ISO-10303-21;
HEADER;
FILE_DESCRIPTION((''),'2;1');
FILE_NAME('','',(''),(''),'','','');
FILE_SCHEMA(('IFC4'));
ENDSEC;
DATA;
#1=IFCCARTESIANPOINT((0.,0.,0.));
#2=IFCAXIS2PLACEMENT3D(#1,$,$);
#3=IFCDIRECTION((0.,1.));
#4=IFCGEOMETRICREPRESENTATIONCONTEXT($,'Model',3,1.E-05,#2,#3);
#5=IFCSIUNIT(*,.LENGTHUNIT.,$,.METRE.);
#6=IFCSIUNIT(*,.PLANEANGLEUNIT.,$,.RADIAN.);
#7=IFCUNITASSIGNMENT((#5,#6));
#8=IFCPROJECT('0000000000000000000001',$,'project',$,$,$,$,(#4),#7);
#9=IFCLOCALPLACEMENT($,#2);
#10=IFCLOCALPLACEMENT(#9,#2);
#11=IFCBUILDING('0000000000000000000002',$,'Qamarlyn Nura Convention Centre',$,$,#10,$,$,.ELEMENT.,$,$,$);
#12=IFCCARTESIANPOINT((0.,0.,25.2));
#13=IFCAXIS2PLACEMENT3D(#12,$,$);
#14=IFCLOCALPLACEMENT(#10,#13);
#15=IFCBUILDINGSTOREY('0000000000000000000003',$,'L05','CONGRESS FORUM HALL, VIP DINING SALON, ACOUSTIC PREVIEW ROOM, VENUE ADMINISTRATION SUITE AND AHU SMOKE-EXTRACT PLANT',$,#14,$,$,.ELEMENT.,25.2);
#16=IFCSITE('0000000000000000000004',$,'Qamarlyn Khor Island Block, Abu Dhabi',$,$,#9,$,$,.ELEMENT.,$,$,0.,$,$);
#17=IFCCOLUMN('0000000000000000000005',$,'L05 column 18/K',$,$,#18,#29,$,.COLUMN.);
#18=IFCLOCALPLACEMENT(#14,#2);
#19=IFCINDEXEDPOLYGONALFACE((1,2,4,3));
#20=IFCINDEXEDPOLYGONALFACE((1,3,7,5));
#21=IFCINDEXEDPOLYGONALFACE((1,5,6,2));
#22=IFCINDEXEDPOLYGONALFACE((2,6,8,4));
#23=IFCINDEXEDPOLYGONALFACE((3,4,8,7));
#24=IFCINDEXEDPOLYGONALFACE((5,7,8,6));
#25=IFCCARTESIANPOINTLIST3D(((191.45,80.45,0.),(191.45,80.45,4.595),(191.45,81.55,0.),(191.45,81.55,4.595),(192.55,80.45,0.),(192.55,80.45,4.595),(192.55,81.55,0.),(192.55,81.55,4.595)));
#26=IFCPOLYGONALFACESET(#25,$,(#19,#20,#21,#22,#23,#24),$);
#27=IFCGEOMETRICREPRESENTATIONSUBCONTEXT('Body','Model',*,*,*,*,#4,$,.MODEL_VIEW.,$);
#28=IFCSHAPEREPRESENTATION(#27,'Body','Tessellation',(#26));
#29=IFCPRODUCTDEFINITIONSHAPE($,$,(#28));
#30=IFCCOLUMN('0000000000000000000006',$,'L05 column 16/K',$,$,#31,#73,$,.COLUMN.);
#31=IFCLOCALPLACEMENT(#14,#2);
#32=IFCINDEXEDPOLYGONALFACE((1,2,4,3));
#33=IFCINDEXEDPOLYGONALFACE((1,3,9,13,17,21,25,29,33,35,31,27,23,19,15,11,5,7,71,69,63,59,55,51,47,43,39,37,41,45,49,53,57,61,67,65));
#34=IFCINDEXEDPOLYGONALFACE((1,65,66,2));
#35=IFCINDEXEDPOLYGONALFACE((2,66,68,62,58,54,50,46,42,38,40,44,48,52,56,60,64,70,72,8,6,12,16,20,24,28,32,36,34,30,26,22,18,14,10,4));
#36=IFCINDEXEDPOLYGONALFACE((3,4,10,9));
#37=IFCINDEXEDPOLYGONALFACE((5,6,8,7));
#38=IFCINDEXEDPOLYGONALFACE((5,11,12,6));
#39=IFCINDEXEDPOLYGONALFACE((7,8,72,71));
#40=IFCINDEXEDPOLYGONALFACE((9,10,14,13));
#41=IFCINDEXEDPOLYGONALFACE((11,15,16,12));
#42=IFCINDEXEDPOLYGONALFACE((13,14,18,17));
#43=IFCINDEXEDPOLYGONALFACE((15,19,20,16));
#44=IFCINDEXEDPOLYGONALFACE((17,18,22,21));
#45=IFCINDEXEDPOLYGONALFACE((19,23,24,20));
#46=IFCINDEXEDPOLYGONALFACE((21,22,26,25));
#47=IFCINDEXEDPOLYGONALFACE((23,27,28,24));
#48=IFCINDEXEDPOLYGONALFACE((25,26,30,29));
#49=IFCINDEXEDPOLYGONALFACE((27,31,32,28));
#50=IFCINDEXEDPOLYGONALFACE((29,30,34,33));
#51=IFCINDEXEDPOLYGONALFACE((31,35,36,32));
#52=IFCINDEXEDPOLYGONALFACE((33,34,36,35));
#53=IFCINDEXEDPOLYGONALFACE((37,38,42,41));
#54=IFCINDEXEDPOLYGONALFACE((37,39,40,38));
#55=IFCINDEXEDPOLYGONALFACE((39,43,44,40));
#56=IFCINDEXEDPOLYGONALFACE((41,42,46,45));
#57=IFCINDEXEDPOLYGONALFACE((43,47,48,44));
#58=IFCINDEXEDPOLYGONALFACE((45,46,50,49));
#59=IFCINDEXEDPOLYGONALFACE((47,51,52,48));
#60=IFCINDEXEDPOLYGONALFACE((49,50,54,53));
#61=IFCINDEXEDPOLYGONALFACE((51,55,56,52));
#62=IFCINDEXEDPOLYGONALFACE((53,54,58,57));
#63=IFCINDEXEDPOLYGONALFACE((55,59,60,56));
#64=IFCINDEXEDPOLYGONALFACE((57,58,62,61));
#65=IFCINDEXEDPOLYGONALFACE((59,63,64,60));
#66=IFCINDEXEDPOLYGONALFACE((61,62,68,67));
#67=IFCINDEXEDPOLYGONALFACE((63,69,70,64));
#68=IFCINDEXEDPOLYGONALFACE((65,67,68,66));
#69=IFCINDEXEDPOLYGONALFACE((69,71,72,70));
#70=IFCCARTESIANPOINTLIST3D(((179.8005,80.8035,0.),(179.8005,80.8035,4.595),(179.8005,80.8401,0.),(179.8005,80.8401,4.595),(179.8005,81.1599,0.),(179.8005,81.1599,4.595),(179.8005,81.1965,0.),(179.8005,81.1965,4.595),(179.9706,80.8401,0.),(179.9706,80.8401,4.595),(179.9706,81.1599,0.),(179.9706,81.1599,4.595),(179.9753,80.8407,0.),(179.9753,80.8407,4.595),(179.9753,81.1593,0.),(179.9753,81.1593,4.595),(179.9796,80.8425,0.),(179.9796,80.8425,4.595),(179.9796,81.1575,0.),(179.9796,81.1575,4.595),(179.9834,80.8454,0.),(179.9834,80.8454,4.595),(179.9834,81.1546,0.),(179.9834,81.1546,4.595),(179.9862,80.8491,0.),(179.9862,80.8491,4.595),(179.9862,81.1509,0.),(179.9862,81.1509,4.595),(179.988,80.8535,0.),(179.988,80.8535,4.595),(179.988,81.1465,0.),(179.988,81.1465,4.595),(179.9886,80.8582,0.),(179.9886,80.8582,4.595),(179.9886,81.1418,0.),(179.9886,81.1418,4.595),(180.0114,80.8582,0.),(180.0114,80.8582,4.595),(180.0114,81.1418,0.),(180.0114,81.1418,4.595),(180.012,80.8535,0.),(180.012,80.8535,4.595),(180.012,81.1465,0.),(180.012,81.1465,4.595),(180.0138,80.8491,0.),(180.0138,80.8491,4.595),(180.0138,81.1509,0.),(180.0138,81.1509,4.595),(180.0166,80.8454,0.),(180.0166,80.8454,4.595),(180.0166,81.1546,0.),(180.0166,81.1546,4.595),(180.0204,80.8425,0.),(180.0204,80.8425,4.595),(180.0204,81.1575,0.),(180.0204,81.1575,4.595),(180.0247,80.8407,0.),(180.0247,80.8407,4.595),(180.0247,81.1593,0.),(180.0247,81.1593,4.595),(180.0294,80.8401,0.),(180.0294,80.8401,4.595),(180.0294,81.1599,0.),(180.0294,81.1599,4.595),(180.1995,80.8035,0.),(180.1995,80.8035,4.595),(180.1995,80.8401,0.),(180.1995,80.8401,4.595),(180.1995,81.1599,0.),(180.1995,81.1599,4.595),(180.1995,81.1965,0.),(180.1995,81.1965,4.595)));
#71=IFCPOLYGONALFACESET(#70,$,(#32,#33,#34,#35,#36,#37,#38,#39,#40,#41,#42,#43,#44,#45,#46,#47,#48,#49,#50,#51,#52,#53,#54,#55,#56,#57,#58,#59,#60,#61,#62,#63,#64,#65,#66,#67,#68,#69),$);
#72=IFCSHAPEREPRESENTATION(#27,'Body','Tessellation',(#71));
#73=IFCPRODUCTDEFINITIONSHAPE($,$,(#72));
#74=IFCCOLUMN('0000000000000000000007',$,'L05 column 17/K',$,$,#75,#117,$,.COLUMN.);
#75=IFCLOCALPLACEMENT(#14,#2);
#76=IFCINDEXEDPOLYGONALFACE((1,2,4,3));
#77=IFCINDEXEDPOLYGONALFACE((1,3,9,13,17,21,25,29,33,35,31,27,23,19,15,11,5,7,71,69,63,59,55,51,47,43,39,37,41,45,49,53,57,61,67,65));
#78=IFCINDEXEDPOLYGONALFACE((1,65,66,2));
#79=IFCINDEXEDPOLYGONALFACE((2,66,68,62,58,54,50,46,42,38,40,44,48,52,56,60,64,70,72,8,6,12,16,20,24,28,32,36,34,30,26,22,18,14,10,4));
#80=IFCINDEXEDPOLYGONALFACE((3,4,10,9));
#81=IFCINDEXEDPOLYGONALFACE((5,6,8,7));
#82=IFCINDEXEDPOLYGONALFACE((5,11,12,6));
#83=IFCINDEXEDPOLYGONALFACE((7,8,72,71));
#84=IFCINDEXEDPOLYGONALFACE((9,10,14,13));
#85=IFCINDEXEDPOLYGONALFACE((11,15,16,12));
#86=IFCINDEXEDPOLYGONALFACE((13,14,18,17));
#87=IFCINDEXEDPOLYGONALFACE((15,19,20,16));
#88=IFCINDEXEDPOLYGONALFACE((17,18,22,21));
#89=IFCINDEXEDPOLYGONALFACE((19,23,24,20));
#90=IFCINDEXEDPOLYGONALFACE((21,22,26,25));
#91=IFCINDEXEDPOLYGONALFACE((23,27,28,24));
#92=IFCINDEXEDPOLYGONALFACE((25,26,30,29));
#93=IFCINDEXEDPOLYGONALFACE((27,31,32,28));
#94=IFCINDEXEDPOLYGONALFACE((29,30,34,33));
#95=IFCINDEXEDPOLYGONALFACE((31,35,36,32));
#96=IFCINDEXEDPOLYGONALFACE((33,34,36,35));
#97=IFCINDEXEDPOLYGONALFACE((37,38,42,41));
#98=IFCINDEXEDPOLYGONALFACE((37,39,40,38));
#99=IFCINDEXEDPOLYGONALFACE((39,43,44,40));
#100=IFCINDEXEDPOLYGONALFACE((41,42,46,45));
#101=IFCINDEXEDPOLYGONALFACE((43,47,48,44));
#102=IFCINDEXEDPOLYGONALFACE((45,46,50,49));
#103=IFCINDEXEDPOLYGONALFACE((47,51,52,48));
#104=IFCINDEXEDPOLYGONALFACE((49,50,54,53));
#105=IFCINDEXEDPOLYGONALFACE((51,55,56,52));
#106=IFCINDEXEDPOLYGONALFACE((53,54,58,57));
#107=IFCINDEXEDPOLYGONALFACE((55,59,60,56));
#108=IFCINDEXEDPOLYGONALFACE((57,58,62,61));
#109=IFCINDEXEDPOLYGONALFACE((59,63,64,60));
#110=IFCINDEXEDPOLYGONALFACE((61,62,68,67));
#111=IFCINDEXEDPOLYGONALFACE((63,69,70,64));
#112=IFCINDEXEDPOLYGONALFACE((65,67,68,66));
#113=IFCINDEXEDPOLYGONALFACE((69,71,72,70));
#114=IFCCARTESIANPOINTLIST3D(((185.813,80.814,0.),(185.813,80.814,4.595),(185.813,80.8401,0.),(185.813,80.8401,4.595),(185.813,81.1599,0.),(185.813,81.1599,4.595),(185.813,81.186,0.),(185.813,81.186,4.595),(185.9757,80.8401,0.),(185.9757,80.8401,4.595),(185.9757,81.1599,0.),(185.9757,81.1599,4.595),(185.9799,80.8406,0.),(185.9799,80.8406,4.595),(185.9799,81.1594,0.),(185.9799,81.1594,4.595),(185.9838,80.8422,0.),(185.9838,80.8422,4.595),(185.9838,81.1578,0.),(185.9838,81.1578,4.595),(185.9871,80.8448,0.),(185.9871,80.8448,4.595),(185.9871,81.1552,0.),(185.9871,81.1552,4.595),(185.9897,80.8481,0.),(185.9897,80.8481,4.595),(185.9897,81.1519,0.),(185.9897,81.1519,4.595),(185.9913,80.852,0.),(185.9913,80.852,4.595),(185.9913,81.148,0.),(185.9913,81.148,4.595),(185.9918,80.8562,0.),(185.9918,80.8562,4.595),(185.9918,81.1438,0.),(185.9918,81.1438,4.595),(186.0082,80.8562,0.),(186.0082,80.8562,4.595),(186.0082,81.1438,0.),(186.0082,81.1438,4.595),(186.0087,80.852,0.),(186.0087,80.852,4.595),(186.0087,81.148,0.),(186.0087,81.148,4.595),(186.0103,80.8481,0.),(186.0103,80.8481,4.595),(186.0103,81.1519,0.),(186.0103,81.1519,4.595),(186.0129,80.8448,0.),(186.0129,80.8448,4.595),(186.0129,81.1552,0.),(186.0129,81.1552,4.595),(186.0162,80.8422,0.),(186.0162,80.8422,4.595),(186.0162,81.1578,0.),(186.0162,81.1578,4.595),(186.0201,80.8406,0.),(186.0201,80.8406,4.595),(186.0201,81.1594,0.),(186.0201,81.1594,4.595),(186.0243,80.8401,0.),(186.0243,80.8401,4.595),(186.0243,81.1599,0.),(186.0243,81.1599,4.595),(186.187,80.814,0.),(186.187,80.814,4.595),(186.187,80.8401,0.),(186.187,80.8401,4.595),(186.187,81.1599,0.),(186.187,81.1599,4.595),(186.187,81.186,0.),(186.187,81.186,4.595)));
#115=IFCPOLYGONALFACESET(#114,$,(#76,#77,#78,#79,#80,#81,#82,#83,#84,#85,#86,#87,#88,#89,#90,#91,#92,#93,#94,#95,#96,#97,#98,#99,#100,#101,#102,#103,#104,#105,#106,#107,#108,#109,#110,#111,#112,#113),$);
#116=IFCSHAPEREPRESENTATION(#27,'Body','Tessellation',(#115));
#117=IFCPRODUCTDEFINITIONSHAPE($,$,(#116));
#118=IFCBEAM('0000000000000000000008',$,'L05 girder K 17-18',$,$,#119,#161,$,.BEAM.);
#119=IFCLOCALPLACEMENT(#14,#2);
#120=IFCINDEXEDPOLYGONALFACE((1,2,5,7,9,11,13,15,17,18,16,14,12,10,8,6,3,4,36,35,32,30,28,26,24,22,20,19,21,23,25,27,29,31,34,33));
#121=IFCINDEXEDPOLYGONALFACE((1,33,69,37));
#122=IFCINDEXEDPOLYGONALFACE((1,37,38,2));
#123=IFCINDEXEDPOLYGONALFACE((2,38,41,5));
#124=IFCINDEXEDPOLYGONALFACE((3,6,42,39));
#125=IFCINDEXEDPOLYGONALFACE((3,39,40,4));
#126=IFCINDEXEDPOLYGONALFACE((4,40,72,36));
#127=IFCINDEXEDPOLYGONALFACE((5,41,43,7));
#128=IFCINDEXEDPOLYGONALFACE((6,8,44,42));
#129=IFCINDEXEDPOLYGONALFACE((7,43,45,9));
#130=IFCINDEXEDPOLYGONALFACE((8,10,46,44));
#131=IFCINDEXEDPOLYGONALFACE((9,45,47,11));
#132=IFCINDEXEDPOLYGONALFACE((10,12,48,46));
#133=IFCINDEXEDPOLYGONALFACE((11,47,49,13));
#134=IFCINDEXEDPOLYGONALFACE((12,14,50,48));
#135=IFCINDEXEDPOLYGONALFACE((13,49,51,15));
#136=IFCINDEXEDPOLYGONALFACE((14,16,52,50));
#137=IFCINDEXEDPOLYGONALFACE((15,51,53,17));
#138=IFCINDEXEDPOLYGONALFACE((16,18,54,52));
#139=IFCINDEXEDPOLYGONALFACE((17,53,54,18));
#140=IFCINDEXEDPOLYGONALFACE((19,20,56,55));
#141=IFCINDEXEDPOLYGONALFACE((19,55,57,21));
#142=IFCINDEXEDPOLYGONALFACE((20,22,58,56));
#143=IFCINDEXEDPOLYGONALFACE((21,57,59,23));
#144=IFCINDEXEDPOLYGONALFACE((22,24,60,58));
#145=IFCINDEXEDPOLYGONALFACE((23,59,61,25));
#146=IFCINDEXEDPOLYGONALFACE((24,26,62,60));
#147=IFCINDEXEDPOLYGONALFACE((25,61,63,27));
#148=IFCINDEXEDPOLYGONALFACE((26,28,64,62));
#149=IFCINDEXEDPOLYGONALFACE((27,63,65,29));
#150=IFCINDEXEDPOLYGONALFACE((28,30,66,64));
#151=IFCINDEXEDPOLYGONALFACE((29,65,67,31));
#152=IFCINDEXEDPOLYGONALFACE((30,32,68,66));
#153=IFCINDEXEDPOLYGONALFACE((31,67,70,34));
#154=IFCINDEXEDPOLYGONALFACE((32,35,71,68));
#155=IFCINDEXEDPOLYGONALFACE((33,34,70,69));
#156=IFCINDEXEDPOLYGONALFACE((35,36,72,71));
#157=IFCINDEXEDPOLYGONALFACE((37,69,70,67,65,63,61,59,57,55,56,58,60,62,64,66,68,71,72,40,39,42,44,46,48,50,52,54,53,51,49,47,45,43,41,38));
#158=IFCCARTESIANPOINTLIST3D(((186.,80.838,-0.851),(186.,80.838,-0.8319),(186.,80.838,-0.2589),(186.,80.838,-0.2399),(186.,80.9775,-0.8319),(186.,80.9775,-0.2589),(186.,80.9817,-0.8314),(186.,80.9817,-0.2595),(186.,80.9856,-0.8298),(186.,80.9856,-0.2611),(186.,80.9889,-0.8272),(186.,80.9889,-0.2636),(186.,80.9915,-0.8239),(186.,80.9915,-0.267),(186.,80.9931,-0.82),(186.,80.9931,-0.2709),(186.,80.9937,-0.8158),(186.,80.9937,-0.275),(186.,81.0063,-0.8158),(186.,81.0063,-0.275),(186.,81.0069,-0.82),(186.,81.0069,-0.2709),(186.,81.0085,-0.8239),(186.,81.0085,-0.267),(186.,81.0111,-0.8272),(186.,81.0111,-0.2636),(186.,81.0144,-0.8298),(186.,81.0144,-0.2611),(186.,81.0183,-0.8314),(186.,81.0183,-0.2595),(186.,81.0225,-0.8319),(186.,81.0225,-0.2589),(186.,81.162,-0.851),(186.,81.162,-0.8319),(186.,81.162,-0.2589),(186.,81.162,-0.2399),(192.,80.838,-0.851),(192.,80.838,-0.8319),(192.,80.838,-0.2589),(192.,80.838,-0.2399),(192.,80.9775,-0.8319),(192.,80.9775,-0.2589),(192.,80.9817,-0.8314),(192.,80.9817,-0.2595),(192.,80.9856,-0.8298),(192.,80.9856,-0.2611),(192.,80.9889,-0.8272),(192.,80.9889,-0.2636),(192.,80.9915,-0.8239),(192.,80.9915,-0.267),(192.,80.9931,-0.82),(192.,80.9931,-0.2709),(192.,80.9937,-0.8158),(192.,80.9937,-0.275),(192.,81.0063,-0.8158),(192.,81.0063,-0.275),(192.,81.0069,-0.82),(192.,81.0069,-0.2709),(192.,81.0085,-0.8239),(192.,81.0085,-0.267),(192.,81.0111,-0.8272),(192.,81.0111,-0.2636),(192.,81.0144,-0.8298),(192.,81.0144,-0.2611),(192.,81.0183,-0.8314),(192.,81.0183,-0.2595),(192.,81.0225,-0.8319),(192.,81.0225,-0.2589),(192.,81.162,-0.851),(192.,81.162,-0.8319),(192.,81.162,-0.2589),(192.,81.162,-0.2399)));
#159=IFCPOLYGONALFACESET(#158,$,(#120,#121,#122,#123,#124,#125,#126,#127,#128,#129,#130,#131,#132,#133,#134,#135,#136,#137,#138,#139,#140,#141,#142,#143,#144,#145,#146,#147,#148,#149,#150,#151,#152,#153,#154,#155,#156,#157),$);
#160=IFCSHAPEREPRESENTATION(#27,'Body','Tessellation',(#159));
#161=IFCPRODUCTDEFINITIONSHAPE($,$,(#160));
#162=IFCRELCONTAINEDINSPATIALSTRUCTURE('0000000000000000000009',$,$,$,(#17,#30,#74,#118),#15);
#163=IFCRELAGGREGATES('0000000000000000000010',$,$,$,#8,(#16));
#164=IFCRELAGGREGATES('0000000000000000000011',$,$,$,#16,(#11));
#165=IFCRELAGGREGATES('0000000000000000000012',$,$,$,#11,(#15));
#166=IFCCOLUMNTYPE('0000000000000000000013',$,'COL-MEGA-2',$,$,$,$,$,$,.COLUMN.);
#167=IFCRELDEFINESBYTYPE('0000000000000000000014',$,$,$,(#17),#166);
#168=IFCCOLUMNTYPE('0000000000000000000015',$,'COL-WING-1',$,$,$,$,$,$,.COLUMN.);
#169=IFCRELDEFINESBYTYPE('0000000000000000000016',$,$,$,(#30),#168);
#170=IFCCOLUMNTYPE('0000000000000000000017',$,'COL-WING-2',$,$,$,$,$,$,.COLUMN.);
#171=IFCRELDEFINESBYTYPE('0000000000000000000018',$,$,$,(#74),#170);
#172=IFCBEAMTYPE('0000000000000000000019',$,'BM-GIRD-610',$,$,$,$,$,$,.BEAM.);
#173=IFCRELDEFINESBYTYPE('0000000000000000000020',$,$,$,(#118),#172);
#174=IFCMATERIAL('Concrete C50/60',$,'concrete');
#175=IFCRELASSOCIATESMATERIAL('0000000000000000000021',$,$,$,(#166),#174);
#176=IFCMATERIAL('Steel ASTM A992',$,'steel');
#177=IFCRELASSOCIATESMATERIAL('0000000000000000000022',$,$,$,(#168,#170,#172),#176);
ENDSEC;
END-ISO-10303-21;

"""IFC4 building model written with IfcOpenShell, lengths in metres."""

from ifc_helpers import new_model, si_unit, direction, frame, origin, origin_2d, place, context, subcontext, project, spatial, rectangle, i_section, extrude, material, material_profile, profile_set, type_object, element, save


model = new_model("IFC4")

# Units and contexts
model_context = context("Model", 3, precision=1e-05, world=origin(), true_north=direction((0.0, 1.0)))
body_context = subcontext(model_context, "Body", "Model", "MODEL_VIEW")
ifc_project = project(units=[si_unit("LENGTHUNIT", "METRE"), si_unit("PLANEANGLEUNIT", "RADIAN")], contexts=[model_context])

# Site, building, storey
site_placement = place(None, origin())
site = spatial("IfcSite", under=ifc_project, at=site_placement, Name="Qamarlyn Khor Island Block, Abu Dhabi", CompositionType="ELEMENT", RefElevation=0.0)
building_placement = place(site_placement, origin())
building = spatial("IfcBuilding", under=site, at=building_placement, Name="Qamarlyn Nura Convention Centre", CompositionType="ELEMENT")
storey_placement = place(building_placement, frame((0.0, 0.0, 25.2)))
storey = spatial("IfcBuildingStorey", under=building, at=storey_placement, Name="L05", Description="CONGRESS FORUM HALL, VIP DINING SALON, ACOUSTIC PREVIEW ROOM, VENUE ADMINISTRATION SUITE AND AHU SMOKE-EXTRACT PLANT", CompositionType="ELEMENT", Elevation=25.2)

# Columns
ifc_material_1 = material(Name="Concrete C50/60", Category="concrete")
ifc_material_profile_1 = material_profile(ifc_material_1, rectangle(XDim=1.1001, YDim=1.1001, at=origin_2d()), Name="RC 1100x1100")
ifc_profile_set_1 = profile_set([ifc_material_profile_1], Name="Concrete C50/60")
column_type_1 = type_object("IfcColumnType", Name="COL-MEGA-2", PredefinedType="COLUMN", material=ifc_profile_set_1)
column_1_placement = place(storey_placement, frame((192.0, 81.0, 0.0), z_axis=(0.0, 0.0, 1.0), x_axis=(1.0, 0.0, 0.0)))
element("IfcColumn", 1, at=column_1_placement, inside=storey, type_object=column_type_1, Name="L05 column 18/K", PredefinedType="COLUMN", context=body_context, shape_type="SweptSolid", body=[
    extrude(rectangle(XDim=1.1001, YDim=1.1001, at=origin_2d()), origin(), (0.0, 0.0, 1.0), 4.595),
])
ifc_material_2 = material(Name="Steel ASTM A992", Category="steel")
ifc_material_profile_2 = material_profile(ifc_material_2, i_section(OverallWidth=0.3989, OverallDepth=0.3931, WebThickness=0.0227, FlangeThickness=0.0366, FilletRadius=0.0181, at=origin_2d()), Name="W360X287")
ifc_profile_set_2 = profile_set([ifc_material_profile_2], Name="Steel ASTM A992")
column_type_2 = type_object("IfcColumnType", Name="COL-WING-1", PredefinedType="COLUMN", material=ifc_profile_set_2)
column_2_placement = place(storey_placement, frame((180.0, 81.0, 0.0), z_axis=(0.0, 0.0, 1.0), x_axis=(1.0, 0.0, 0.0)))
element("IfcColumn", 2, at=column_2_placement, inside=storey, type_object=column_type_2, Name="L05 column 16/K", PredefinedType="COLUMN", context=body_context, shape_type="SweptSolid", body=[
    extrude(i_section(OverallWidth=0.3989, OverallDepth=0.3931, WebThickness=0.0227, FlangeThickness=0.0366, FilletRadius=0.0181, at=origin_2d()), origin(), (0.0, 0.0, 1.0), 4.595),
])
ifc_material_profile_3 = material_profile(ifc_material_2, i_section(OverallWidth=0.374, OverallDepth=0.3721, WebThickness=0.0164, FlangeThickness=0.0261, FilletRadius=0.0161, at=origin_2d()), Name="W360X196")
ifc_profile_set_3 = profile_set([ifc_material_profile_3], Name="Steel ASTM A992")
column_type_3 = type_object("IfcColumnType", Name="COL-WING-2", PredefinedType="COLUMN", material=ifc_profile_set_3)
column_3_placement = place(storey_placement, frame((186.0, 81.0, 0.0), z_axis=(0.0, 0.0, 1.0), x_axis=(1.0, 0.0, 0.0)))
element("IfcColumn", 3, at=column_3_placement, inside=storey, type_object=column_type_3, Name="L05 column 17/K", PredefinedType="COLUMN", context=body_context, shape_type="SweptSolid", body=[
    extrude(i_section(OverallWidth=0.374, OverallDepth=0.3721, WebThickness=0.0164, FlangeThickness=0.0261, FilletRadius=0.0161, at=origin_2d()), origin(), (0.0, 0.0, 1.0), 4.595),
])

# Beam
ifc_material_profile_4 = material_profile(ifc_material_2, i_section(OverallWidth=0.324, OverallDepth=0.6111, WebThickness=0.0127, FlangeThickness=0.019, FilletRadius=0.0161, at=origin_2d()), Name="W610X155")
ifc_profile_set_4 = profile_set([ifc_material_profile_4], Name="Steel ASTM A992")
beam_type_1 = type_object("IfcBeamType", Name="BM-GIRD-610", PredefinedType="BEAM", material=ifc_profile_set_4)
beam_1_placement = place(storey_placement, frame((186.0, 81.0, -0.5454), z_axis=(1.0, 0.0, 0.0), x_axis=(0.0, 1.0, 0.0)))
element("IfcBeam", 4, at=beam_1_placement, inside=storey, type_object=beam_type_1, Name="L05 girder K 17-18", PredefinedType="BEAM", context=body_context, shape_type="SweptSolid", body=[
    extrude(i_section(OverallWidth=0.324, OverallDepth=0.6111, WebThickness=0.0127, FlangeThickness=0.019, FilletRadius=0.0161, at=origin_2d()), origin(), (0.0, 0.0, 1.0), 6.0),
])

save(model, "model.ifc")
